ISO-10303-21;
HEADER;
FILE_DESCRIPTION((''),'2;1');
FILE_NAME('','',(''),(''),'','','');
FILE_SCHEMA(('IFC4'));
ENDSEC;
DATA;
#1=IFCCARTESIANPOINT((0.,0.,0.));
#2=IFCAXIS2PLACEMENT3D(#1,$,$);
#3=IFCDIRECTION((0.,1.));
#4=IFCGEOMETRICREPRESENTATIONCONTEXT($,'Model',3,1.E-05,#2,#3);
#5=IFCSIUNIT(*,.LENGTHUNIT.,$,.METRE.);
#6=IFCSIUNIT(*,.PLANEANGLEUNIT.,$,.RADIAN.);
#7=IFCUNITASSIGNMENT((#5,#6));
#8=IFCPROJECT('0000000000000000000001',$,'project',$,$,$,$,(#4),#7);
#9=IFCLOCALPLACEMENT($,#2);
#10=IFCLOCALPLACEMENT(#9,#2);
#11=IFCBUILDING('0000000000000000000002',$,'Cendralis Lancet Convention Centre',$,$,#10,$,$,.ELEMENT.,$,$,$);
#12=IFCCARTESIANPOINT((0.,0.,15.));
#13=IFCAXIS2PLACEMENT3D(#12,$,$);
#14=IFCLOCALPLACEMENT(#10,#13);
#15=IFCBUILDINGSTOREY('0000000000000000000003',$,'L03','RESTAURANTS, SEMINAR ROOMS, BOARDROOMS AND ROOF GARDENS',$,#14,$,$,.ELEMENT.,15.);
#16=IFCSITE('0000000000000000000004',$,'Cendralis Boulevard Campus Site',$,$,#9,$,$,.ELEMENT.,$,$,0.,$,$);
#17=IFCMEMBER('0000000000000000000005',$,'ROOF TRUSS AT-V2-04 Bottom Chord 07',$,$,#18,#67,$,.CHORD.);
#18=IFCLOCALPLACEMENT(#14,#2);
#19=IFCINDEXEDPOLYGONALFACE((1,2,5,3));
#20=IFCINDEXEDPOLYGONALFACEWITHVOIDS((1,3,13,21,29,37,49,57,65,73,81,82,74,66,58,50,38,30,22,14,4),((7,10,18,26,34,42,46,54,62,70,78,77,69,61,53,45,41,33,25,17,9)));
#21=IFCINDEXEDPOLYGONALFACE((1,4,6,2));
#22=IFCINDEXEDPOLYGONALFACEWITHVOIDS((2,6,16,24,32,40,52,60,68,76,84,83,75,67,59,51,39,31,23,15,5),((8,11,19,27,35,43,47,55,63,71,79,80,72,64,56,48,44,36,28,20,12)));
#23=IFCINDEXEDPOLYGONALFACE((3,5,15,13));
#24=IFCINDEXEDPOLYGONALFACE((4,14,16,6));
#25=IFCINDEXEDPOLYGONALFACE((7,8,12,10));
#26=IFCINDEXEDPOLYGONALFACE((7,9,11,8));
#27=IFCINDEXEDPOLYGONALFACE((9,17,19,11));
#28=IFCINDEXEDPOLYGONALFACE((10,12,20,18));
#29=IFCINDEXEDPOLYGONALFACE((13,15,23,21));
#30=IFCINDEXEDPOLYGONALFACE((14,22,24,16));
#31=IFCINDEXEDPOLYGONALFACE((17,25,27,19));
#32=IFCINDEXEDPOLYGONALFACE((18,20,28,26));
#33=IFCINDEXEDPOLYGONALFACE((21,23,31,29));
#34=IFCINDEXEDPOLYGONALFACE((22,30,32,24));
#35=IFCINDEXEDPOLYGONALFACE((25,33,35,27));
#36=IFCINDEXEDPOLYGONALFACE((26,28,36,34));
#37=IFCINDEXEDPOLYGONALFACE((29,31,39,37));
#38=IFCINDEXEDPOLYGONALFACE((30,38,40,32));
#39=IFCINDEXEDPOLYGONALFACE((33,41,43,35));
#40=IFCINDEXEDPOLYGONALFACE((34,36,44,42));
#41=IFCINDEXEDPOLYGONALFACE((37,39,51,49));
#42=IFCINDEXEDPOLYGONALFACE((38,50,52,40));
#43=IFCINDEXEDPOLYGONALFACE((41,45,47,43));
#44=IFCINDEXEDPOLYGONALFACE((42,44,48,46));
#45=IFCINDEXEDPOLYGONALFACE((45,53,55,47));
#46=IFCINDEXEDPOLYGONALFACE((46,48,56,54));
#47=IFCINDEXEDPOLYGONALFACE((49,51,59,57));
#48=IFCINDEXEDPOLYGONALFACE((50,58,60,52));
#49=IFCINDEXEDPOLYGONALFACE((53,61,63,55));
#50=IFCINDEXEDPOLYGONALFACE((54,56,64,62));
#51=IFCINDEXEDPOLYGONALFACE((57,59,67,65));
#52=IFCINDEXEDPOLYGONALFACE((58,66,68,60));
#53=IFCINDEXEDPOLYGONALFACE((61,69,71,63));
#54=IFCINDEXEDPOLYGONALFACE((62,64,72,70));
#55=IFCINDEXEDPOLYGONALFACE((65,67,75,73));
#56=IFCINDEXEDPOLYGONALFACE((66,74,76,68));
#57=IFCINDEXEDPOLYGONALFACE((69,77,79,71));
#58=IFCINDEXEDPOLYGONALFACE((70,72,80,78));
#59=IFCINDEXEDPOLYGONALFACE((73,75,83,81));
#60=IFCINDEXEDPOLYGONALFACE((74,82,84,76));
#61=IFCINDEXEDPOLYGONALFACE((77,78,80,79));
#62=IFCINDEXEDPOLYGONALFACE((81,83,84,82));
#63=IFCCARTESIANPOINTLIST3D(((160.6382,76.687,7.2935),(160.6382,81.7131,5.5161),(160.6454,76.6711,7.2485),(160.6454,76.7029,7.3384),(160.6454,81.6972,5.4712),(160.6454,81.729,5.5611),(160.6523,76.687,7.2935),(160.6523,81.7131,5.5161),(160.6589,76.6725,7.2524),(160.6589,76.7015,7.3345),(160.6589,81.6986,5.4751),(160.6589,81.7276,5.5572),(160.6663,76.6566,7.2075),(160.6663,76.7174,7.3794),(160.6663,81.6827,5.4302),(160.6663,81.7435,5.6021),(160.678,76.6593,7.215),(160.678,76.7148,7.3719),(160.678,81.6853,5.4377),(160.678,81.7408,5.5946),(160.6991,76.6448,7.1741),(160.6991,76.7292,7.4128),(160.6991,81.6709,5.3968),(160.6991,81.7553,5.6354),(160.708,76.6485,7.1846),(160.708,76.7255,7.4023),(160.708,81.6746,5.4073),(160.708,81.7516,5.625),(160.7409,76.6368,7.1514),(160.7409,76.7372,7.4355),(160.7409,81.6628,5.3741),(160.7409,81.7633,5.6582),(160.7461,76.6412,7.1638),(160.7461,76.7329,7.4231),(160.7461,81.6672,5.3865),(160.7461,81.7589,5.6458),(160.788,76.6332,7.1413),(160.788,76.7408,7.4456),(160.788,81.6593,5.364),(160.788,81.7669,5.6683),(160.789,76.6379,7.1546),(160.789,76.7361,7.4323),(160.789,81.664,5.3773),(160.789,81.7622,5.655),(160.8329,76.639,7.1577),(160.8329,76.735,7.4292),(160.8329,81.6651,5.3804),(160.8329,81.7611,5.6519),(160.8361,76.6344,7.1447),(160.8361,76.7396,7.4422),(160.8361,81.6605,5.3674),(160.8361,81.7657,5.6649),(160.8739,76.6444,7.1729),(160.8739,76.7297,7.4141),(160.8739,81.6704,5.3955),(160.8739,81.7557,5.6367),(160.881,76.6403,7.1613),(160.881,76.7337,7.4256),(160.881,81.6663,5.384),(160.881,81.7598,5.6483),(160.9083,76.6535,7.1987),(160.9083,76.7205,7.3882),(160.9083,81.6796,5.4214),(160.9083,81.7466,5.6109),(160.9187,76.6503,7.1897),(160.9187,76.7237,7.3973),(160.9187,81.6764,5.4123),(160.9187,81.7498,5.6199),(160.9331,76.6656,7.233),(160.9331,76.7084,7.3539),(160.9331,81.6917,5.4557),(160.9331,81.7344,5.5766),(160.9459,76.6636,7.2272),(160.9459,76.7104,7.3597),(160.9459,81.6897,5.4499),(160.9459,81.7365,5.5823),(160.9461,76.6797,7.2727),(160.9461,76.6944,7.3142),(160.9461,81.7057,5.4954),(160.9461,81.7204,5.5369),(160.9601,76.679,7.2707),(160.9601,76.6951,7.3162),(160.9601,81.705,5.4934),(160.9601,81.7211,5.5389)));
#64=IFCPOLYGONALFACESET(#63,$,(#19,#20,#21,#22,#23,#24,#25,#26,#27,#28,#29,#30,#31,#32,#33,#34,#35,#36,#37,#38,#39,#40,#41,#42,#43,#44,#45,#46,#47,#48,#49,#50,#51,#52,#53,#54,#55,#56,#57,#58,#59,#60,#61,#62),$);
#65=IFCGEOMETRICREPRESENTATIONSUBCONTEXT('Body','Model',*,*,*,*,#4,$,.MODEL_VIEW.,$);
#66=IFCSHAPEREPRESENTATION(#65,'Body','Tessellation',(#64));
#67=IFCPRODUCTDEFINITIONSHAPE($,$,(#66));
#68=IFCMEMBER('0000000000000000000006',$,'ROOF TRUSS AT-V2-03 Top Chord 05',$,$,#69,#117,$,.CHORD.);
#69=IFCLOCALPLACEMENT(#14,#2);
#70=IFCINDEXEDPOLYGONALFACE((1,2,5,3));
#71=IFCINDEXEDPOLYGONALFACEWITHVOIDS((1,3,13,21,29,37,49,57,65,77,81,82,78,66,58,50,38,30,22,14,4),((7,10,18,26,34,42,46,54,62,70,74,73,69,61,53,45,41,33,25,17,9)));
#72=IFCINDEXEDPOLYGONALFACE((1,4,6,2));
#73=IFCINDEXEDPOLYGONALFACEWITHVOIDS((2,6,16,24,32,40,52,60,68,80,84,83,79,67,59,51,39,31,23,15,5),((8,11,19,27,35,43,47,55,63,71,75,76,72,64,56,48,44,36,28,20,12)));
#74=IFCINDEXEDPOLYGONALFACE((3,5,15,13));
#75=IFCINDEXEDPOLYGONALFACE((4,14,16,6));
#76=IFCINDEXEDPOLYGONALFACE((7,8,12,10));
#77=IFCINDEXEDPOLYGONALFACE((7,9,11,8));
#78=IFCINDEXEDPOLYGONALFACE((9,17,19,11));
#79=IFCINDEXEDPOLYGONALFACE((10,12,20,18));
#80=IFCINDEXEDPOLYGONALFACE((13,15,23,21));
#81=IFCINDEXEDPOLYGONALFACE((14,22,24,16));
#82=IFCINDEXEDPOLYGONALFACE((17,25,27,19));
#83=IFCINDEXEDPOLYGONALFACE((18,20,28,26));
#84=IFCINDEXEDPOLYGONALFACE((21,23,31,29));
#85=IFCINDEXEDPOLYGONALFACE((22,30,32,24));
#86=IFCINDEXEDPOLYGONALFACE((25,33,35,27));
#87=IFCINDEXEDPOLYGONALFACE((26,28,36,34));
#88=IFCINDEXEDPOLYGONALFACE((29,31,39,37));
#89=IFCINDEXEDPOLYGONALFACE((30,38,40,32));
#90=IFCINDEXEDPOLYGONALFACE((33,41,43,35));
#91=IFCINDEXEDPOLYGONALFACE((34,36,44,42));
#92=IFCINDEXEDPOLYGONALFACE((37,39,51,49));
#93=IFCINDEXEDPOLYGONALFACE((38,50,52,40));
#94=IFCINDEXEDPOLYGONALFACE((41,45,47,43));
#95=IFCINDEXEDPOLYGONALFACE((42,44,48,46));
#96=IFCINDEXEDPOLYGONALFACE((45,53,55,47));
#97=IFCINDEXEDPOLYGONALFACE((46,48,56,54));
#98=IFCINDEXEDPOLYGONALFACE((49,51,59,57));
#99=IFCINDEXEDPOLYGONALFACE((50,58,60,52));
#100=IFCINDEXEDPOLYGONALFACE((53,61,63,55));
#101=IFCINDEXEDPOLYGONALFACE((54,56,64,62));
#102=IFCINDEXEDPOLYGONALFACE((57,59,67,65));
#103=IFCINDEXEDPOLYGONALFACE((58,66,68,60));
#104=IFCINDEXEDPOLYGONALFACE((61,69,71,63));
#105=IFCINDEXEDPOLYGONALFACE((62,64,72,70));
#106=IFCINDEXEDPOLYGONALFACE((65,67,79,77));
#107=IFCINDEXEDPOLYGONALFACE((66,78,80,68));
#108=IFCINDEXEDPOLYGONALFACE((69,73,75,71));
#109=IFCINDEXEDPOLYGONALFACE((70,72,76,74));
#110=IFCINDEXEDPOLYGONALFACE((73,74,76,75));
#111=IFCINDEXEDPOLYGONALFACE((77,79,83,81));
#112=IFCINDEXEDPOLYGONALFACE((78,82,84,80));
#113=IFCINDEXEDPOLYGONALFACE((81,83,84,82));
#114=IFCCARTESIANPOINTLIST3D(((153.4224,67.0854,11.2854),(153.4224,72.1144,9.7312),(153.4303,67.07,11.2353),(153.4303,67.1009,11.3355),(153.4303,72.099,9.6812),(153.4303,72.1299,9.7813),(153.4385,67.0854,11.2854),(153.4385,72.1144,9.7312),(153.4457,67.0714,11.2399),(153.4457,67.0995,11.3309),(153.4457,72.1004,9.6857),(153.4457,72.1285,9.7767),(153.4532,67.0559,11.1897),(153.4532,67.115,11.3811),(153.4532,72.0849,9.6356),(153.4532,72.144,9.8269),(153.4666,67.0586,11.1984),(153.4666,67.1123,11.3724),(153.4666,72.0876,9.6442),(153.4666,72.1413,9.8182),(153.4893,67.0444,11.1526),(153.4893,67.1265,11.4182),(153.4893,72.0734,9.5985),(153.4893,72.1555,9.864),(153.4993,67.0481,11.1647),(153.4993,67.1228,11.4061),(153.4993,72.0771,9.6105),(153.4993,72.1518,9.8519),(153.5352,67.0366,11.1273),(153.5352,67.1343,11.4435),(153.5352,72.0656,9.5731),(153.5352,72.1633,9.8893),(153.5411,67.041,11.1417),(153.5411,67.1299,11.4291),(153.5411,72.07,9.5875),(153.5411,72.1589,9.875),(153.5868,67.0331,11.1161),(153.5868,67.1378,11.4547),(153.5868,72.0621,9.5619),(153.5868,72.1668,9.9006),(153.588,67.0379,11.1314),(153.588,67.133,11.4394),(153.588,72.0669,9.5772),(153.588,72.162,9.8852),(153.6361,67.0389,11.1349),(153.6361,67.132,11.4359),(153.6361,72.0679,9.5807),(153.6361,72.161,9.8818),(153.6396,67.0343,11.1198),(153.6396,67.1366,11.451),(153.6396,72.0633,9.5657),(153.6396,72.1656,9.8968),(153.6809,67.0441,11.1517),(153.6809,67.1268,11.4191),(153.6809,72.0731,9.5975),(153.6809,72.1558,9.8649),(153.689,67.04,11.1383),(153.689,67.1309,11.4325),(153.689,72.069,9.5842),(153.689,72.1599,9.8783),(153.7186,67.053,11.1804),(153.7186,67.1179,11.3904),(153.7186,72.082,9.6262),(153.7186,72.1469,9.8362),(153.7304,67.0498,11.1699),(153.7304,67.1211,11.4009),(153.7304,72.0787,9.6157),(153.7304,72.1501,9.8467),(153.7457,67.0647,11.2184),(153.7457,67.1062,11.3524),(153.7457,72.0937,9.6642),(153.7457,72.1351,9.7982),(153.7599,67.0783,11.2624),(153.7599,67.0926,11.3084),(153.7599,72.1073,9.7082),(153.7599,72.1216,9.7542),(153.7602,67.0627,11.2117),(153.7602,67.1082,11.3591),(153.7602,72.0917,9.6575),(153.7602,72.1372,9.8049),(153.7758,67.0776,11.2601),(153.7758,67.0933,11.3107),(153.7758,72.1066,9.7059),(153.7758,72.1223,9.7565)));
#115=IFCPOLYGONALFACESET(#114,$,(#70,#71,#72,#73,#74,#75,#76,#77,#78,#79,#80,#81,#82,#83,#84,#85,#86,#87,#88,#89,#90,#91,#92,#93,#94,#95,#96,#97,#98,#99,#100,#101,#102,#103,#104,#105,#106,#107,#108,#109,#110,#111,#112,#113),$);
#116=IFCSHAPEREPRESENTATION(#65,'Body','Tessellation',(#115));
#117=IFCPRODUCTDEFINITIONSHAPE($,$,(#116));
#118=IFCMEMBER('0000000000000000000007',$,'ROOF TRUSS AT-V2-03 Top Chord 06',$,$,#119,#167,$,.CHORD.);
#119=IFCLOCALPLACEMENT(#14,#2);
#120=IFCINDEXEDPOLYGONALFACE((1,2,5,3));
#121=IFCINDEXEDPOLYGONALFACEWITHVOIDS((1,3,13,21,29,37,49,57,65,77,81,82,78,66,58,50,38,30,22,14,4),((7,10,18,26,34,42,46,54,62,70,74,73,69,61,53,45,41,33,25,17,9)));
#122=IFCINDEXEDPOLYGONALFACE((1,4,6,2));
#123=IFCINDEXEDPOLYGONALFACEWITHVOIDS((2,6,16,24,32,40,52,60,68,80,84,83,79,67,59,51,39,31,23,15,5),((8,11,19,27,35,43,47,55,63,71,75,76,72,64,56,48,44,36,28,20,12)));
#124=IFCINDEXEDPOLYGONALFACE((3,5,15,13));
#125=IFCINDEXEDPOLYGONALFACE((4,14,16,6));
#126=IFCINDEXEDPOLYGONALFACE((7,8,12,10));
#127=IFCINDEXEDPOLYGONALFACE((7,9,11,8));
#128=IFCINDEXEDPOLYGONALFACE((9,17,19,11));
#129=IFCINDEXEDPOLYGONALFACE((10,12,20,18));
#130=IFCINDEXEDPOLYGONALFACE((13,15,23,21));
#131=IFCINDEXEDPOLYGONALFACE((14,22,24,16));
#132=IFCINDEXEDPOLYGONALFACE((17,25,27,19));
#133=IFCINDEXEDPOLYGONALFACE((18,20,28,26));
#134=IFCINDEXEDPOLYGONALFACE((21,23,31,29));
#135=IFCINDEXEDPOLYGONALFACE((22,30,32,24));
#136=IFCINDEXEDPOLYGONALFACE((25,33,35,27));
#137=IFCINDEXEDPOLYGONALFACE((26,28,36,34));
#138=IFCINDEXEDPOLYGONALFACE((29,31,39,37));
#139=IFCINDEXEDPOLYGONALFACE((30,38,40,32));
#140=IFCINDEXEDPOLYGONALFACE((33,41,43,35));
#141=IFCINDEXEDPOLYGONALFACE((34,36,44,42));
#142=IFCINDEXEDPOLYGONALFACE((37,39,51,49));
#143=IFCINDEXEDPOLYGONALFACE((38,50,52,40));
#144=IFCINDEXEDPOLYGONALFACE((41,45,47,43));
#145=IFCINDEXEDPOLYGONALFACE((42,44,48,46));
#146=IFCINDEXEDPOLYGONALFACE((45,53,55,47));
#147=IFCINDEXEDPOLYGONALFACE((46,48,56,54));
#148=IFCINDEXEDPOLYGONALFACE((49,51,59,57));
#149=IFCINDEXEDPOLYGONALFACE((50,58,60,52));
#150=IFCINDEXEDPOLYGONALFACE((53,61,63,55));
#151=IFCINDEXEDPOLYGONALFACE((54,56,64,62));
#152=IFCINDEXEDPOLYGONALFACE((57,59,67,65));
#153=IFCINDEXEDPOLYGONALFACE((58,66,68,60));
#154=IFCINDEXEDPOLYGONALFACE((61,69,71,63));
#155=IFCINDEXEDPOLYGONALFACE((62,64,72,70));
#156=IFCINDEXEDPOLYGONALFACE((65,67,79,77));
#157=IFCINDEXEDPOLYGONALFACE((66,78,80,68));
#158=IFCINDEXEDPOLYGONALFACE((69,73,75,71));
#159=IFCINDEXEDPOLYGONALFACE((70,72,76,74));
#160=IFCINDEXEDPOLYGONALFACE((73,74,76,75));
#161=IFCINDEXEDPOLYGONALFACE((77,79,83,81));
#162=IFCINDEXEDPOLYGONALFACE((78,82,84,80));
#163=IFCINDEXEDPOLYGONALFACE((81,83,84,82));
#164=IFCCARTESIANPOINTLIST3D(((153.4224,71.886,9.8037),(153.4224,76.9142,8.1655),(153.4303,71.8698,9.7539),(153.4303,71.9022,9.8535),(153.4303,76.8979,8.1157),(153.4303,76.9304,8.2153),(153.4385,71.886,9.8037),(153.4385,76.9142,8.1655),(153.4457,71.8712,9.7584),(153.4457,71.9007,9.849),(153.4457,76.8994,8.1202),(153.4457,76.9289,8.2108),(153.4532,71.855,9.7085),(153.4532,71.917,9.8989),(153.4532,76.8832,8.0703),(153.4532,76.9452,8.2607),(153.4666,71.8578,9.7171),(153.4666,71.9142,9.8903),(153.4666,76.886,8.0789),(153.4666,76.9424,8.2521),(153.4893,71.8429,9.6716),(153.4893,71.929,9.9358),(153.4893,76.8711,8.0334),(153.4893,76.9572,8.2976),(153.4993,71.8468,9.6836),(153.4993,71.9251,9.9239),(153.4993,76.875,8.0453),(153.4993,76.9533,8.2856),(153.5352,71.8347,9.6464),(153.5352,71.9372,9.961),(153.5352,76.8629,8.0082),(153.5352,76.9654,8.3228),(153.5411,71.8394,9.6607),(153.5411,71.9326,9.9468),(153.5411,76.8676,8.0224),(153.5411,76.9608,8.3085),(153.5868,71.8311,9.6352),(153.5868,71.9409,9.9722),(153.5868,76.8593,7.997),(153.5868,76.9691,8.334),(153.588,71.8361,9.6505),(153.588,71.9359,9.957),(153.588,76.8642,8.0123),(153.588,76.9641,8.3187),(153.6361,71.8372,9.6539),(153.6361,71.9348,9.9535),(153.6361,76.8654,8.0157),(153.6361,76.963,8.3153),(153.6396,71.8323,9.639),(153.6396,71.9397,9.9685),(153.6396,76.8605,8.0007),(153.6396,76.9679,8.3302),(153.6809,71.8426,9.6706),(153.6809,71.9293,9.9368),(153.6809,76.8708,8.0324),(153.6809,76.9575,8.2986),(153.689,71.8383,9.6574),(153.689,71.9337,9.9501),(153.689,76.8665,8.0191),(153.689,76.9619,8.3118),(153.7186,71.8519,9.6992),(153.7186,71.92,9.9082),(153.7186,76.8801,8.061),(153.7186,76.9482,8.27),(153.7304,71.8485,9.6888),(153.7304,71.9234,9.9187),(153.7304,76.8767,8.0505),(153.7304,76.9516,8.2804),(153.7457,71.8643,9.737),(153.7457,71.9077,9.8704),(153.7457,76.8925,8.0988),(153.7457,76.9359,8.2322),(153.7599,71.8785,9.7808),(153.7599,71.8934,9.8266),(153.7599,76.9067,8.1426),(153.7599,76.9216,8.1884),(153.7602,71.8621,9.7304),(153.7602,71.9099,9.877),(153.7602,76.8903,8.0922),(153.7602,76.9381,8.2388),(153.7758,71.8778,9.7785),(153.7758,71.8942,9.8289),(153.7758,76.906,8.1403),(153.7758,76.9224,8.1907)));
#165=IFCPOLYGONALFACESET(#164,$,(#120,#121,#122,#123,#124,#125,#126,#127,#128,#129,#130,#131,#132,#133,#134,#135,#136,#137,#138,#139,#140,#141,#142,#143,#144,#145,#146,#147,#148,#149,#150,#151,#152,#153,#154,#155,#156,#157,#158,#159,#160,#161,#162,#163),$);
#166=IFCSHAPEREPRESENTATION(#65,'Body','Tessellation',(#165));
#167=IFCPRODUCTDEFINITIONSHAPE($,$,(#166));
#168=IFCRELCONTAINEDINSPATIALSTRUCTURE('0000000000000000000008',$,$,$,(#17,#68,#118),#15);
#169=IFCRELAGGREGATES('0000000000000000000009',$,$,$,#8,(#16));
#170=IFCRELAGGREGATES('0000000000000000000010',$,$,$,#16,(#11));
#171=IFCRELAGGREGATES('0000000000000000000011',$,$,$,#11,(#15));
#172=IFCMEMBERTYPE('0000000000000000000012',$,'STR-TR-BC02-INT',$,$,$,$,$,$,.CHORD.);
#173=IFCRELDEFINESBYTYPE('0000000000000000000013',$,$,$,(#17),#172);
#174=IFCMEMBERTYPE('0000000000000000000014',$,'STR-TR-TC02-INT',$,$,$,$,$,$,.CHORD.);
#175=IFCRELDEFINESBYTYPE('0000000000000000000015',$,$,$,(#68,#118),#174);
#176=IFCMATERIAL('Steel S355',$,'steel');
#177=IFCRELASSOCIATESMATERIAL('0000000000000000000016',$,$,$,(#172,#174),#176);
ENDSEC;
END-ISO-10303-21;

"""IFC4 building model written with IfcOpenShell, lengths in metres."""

from ifc_helpers import new_model, si_unit, direction, frame, origin, origin_2d, place, context, subcontext, project, spatial, hollow_circle, extrude, material, material_profile, profile_set, type_object, element, save


model = new_model("IFC4")

# Units and contexts
model_context = context("Model", 3, precision=1e-05, world=origin(), true_north=direction((0.0, 1.0)))
body_context = subcontext(model_context, "Body", "Model", "MODEL_VIEW")
ifc_project = project(units=[si_unit("LENGTHUNIT", "METRE"), si_unit("PLANEANGLEUNIT", "RADIAN")], contexts=[model_context])

# Site, building, storey
site_placement = place(None, origin())
site = spatial("IfcSite", under=ifc_project, at=site_placement, Name="Cendralis Boulevard Campus Site", CompositionType="ELEMENT", RefElevation=0.0)
building_placement = place(site_placement, origin())
building = spatial("IfcBuilding", under=site, at=building_placement, Name="Cendralis Lancet Convention Centre", CompositionType="ELEMENT")
storey_placement = place(building_placement, frame((0.0, 0.0, 15.0)))
storey = spatial("IfcBuildingStorey", under=building, at=storey_placement, Name="L03", Description="RESTAURANTS, SEMINAR ROOMS, BOARDROOMS AND ROOF GARDENS", CompositionType="ELEMENT", Elevation=15.0)

# Shared definitions
ifc_material = material(Name="Steel S355", Category="steel")

# Members
ifc_material_profile_1 = material_profile(ifc_material, hollow_circle(Radius=0.1619, WallThickness=0.0142, at=origin_2d()), Name="CHS 323.9x14.2")
ifc_profile_set_1 = profile_set([ifc_material_profile_1], Name="Steel S355")
member_type_1 = type_object("IfcMemberType", Name="STR-TR-BC02-INT", PredefinedType="CHORD", material=ifc_profile_set_1)
member_1_placement = place(storey_placement, frame((160.8, 76.687, 7.2935), z_axis=(0.0, 0.942789, -0.33339), x_axis=(-1.0, 0.0, 0.0)))
element("IfcMember", 1, at=member_1_placement, inside=storey, type_object=member_type_1, Name="ROOF TRUSS AT-V2-04 Bottom Chord 07", PredefinedType="CHORD", context=body_context, shape_type="SweptSolid", body=[
    extrude(hollow_circle(Radius=0.1619, WallThickness=0.0142, at=origin_2d()), origin(), (0.0, 0.0, 1.0), 5.3311),
])
ifc_material_profile_2 = material_profile(ifc_material, hollow_circle(Radius=0.1777, WallThickness=0.0161, at=origin_2d()), Name="CHS 355.6x16.0")
ifc_profile_set_2 = profile_set([ifc_material_profile_2], Name="Steel S355")
member_type_2 = type_object("IfcMemberType", Name="STR-TR-TC02-INT", PredefinedType="CHORD", material=ifc_profile_set_2)
member_2_placement = place(storey_placement, frame((153.6001, 67.0854, 11.2854), z_axis=(0.0, 0.955415, -0.295265), x_axis=(-1.0, 0.0, 0.0)))
element("IfcMember", 2, at=member_2_placement, inside=storey, type_object=member_type_2, Name="ROOF TRUSS AT-V2-03 Top Chord 05", PredefinedType="CHORD", context=body_context, shape_type="SweptSolid", body=[
    extrude(hollow_circle(Radius=0.1777, WallThickness=0.0161, at=origin_2d()), origin(), (0.0, 0.0, 1.0), 5.2637),
])
member_3_placement = place(storey_placement, frame((153.6001, 71.886, 9.8037), z_axis=(0.0, 0.950808, -0.30978), x_axis=(-1.0, 0.0, 0.0)))
element("IfcMember", 3, at=member_3_placement, inside=storey, type_object=member_type_2, Name="ROOF TRUSS AT-V2-03 Top Chord 06", PredefinedType="CHORD", context=body_context, shape_type="SweptSolid", body=[
    extrude(hollow_circle(Radius=0.1777, WallThickness=0.0161, at=origin_2d()), origin(), (0.0, 0.0, 1.0), 5.2883),
])

save(model, "model.ifc")
